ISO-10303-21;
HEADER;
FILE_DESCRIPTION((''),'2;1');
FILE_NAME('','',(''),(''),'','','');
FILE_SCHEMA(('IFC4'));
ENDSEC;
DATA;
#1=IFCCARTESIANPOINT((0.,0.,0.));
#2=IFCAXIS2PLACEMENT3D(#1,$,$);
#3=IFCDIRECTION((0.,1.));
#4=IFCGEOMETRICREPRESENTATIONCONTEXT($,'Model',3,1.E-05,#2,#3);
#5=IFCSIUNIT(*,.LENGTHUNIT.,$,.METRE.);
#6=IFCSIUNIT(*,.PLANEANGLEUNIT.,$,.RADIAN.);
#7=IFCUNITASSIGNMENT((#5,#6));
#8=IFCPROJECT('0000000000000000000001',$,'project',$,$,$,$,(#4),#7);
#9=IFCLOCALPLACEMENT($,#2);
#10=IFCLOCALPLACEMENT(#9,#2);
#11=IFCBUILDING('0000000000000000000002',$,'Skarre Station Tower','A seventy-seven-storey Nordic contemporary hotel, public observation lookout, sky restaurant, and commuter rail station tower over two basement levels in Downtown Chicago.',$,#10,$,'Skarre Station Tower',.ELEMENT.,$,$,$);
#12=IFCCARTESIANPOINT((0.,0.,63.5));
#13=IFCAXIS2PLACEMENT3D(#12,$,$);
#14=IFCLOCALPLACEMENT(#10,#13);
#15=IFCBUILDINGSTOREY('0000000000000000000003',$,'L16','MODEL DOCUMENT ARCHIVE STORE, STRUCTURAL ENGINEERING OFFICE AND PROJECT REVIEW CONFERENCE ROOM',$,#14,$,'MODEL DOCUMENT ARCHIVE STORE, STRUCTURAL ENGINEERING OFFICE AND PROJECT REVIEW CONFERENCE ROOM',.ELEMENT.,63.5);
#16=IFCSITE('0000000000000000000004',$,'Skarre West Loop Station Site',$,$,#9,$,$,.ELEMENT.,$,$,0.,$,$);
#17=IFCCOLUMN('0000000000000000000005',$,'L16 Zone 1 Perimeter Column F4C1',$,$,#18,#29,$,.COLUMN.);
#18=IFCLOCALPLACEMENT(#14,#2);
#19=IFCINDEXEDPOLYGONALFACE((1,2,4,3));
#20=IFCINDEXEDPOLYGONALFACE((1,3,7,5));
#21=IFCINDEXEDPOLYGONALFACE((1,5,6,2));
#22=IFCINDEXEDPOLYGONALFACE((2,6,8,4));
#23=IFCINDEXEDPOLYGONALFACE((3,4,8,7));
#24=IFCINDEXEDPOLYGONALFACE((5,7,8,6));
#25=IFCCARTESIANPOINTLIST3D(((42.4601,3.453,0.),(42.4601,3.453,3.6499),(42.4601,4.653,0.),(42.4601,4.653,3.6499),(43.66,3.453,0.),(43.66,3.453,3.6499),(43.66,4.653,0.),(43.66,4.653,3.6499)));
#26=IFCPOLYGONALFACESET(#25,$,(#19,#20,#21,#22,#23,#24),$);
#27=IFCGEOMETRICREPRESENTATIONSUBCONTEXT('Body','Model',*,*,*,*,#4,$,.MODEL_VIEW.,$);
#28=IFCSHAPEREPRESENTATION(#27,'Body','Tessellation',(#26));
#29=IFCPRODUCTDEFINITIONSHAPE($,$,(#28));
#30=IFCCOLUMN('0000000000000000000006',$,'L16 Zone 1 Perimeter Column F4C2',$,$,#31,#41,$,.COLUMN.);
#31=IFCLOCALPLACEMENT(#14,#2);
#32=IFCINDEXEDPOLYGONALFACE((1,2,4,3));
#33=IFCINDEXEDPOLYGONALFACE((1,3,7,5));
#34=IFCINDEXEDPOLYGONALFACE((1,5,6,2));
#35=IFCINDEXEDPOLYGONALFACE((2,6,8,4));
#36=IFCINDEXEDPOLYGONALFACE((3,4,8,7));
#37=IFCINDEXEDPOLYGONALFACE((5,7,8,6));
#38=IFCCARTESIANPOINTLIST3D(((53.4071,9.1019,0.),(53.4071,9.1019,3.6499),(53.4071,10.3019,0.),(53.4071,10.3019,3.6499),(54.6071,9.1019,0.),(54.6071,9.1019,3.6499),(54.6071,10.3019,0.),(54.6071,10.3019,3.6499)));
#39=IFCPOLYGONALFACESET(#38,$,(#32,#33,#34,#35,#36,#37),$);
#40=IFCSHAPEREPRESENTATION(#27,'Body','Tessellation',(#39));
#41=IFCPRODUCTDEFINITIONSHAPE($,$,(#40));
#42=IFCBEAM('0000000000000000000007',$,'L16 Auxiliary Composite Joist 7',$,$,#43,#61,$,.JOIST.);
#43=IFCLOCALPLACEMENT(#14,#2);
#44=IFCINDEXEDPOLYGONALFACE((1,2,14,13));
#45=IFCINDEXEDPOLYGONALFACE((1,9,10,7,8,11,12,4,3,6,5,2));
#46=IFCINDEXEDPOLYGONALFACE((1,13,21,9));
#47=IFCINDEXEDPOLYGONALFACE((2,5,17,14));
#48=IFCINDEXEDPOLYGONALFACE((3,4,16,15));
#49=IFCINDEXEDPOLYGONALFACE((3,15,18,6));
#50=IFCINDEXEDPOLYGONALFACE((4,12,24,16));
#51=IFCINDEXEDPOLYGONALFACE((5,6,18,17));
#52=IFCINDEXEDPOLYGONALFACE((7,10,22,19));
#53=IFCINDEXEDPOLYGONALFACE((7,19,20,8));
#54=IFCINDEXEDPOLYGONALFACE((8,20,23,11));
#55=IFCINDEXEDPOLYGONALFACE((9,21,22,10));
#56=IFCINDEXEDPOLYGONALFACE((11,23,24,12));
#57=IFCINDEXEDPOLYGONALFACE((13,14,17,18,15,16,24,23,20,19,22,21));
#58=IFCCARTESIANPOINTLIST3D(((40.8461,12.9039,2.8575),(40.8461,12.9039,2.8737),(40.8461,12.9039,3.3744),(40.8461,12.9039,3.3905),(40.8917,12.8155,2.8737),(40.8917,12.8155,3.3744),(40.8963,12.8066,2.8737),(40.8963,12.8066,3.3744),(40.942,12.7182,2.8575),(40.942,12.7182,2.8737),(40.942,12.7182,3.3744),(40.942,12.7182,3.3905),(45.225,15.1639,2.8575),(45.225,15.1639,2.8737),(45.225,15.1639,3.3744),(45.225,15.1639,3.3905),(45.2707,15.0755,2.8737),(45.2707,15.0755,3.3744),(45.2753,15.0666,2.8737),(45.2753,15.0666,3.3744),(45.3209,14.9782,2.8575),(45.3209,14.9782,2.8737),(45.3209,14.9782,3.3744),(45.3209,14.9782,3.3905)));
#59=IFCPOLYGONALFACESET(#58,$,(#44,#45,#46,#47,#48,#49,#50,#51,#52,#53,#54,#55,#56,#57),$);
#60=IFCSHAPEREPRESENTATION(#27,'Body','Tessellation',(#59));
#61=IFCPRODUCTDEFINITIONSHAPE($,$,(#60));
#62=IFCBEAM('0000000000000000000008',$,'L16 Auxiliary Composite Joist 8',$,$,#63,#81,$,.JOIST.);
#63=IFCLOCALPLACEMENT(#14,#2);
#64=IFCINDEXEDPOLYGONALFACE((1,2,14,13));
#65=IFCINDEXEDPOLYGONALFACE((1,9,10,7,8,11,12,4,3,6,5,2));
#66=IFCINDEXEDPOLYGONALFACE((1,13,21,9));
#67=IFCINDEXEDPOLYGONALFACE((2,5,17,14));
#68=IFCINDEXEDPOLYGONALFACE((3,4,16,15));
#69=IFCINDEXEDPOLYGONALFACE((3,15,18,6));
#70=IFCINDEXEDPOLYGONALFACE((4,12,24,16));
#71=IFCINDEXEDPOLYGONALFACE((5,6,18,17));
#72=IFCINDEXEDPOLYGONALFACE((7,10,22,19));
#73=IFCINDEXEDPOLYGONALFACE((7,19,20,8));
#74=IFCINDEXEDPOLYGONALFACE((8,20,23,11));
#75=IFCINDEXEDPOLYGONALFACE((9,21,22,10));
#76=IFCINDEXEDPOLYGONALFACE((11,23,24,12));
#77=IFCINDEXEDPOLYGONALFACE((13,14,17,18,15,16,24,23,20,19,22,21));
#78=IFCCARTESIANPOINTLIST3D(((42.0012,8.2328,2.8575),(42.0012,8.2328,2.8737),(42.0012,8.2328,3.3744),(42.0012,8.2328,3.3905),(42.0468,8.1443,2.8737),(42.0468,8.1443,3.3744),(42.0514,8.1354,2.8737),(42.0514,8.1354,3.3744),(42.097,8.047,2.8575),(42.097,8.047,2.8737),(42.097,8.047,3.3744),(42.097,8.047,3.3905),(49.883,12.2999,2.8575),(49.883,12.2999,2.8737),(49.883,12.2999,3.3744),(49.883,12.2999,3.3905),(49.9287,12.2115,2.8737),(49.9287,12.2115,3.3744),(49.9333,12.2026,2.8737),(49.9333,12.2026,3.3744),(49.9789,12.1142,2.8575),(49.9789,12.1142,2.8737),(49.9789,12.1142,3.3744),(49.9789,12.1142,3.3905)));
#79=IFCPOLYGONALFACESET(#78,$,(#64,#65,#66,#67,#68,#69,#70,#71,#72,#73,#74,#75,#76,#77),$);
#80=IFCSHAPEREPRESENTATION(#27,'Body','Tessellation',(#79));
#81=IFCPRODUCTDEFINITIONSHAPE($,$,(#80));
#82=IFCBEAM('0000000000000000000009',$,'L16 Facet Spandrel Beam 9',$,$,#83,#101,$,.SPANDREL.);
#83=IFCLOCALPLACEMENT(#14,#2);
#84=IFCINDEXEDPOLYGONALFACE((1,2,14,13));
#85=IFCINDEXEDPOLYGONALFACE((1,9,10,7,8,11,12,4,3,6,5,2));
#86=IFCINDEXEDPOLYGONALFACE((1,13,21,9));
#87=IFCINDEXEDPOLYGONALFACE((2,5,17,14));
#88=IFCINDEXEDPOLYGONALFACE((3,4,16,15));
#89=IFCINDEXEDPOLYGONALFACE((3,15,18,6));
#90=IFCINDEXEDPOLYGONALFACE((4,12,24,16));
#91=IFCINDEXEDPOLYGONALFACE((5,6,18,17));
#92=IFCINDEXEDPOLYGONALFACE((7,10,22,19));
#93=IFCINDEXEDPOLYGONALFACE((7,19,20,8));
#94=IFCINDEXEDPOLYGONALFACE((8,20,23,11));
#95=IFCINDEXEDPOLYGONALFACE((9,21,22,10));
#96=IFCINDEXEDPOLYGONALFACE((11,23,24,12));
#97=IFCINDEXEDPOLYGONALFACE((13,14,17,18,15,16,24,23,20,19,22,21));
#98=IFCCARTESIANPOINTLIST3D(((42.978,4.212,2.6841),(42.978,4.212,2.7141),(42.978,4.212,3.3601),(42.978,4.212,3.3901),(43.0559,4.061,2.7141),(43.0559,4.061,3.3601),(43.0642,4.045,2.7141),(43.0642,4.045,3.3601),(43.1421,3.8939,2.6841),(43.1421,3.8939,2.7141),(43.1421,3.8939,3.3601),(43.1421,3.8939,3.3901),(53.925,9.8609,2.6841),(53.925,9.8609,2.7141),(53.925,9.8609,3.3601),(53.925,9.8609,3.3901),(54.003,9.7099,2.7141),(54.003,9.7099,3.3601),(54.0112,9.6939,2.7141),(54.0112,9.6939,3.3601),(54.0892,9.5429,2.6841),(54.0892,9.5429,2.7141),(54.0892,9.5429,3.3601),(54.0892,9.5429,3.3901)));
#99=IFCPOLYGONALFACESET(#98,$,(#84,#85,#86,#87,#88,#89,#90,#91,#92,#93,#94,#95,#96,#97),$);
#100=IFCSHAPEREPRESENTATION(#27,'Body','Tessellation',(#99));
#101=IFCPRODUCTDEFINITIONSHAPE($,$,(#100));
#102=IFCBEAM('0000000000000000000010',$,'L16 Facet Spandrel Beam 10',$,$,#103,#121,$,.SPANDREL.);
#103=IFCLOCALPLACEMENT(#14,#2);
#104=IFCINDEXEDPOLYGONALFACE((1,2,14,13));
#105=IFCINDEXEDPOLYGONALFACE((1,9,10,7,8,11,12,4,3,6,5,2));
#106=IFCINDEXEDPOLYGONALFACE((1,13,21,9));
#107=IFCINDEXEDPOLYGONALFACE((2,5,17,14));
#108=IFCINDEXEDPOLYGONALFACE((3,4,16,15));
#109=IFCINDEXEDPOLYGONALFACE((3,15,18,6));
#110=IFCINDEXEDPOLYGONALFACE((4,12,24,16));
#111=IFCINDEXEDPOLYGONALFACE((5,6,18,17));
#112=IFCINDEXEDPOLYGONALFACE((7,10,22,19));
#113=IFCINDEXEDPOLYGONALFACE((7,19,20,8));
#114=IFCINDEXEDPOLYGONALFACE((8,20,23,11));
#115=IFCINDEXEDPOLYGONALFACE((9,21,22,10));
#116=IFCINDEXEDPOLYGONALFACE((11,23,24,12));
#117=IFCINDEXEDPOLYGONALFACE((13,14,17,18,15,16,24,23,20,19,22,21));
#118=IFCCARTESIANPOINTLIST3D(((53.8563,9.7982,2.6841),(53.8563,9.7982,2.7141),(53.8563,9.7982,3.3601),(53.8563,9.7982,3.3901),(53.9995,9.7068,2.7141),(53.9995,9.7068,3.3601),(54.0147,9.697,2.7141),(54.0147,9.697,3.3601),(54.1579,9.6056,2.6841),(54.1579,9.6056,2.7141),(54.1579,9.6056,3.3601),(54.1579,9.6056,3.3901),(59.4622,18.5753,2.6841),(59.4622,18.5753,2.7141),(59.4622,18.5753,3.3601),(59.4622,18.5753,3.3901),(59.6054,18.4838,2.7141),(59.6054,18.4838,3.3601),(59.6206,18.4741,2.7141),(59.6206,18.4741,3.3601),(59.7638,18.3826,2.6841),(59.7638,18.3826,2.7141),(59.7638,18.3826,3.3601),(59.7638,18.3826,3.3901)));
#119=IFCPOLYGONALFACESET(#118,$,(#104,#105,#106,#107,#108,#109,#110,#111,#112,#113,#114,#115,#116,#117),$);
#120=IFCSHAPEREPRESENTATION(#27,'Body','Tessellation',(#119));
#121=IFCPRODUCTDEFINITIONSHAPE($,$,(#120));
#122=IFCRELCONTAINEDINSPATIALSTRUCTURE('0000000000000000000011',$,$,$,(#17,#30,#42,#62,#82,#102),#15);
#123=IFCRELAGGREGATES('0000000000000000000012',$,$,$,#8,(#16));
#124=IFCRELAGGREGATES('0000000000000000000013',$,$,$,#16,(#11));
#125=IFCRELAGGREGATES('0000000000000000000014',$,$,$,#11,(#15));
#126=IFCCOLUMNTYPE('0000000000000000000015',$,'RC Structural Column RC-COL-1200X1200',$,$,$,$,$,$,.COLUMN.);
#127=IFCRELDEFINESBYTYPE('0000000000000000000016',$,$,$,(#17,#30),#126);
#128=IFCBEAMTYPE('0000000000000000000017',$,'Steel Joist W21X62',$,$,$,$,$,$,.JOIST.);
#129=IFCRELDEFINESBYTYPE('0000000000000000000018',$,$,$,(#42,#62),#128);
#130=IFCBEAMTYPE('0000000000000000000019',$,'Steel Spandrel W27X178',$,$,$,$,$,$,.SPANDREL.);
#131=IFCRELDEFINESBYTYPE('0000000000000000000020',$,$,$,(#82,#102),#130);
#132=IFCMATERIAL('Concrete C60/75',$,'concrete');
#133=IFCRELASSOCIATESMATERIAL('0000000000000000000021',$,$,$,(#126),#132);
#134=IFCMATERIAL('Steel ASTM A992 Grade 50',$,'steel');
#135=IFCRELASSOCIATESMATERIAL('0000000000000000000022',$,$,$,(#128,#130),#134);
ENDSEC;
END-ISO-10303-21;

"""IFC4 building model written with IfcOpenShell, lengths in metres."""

from ifc_helpers import new_model, si_unit, direction, frame, origin, origin_2d, place, context, subcontext, project, spatial, rectangle, i_section, extrude, material, material_profile, profile_set, type_object, element, save


model = new_model("IFC4")

# Units and contexts
model_context = context("Model", 3, precision=1e-05, world=origin(), true_north=direction((0.0, 1.0)))
body_context = subcontext(model_context, "Body", "Model", "MODEL_VIEW")
ifc_project = project(units=[si_unit("LENGTHUNIT", "METRE"), si_unit("PLANEANGLEUNIT", "RADIAN")], contexts=[model_context])

# Site, building, storey
site_placement = place(None, origin())
site = spatial("IfcSite", under=ifc_project, at=site_placement, Name="Skarre West Loop Station Site", CompositionType="ELEMENT", RefElevation=0.0)
building_placement = place(site_placement, origin())
building = spatial("IfcBuilding", under=site, at=building_placement, Name="Skarre Station Tower", Description="A seventy-seven-storey Nordic contemporary hotel, public observation lookout, sky restaurant, and commuter rail station tower over two basement levels in Downtown Chicago.", LongName="Skarre Station Tower", CompositionType="ELEMENT")
storey_placement = place(building_placement, frame((0.0, 0.0, 63.5)))
storey = spatial("IfcBuildingStorey", under=building, at=storey_placement, Name="L16", Description="MODEL DOCUMENT ARCHIVE STORE, STRUCTURAL ENGINEERING OFFICE AND PROJECT REVIEW CONFERENCE ROOM", LongName="MODEL DOCUMENT ARCHIVE STORE, STRUCTURAL ENGINEERING OFFICE AND PROJECT REVIEW CONFERENCE ROOM", CompositionType="ELEMENT", Elevation=63.5)

# Columns
ifc_material_1 = material(Name="Concrete C60/75", Category="concrete")
ifc_material_profile_1 = material_profile(ifc_material_1, rectangle(XDim=1.2, YDim=1.2, at=origin_2d()), Name="Concrete C60/75")
ifc_profile_set_1 = profile_set([ifc_material_profile_1], Name="Concrete C60/75")
column_type = type_object("IfcColumnType", Name="RC Structural Column RC-COL-1200X1200", PredefinedType="COLUMN", material=ifc_profile_set_1)
for number, where, z_axis, x_axis, name in (
    (1, (43.0601, 4.053, 0.0), (0.0, 0.0, 1.0), (1.0, 0.0, 0.0), "L16 Zone 1 Perimeter Column F4C1"),
    (2, (54.0071, 9.7019, 0.0), (0.0, 0.0, 1.0), (1.0, 0.0, 0.0), "L16 Zone 1 Perimeter Column F4C2"),
):
    element("IfcColumn", number, at=place(storey_placement, frame(where, z_axis=z_axis, x_axis=x_axis)), inside=storey, type_object=column_type, Name=name, PredefinedType="COLUMN", context=body_context, shape_type="SweptSolid", body=[
        extrude(rectangle(XDim=1.2, YDim=1.2, at=origin_2d()), origin(), (0.0, 0.0, 1.0), 3.6499),
    ])

# Beams
ifc_material_2 = material(Name="Steel ASTM A992 Grade 50", Category="steel")
ifc_material_profile_2 = material_profile(ifc_material_2, i_section(OverallWidth=0.209, OverallDepth=0.533, WebThickness=0.01, FlangeThickness=0.0161, at=origin_2d()), Name="Steel ASTM A992 Grade 50")
ifc_profile_set_2 = profile_set([ifc_material_profile_2], Name="Steel ASTM A992 Grade 50")
beam_type_1 = type_object("IfcBeamType", Name="Steel Joist W21X62", PredefinedType="JOIST", material=ifc_profile_set_2)
beam_1_placement = place(storey_placement, frame((40.894, 12.811, 3.124), z_axis=(0.888627, 0.458632, 0.0), x_axis=(-0.458632, 0.888627, 0.0)))
element("IfcBeam", 3, at=beam_1_placement, inside=storey, type_object=beam_type_1, Name="L16 Auxiliary Composite Joist 7", PredefinedType="JOIST", context=body_context, shape_type="SweptSolid", body=[
    extrude(i_section(OverallWidth=0.209, OverallDepth=0.533, WebThickness=0.01, FlangeThickness=0.0161, at=origin_2d()), origin(), (0.0, 0.0, 1.0), 4.9277),
])
beam_2_placement = place(storey_placement, frame((42.0491, 8.1399, 3.124), z_axis=(0.888662, 0.458562, 0.0), x_axis=(-0.458562, 0.888662, 0.0)))
element("IfcBeam", 4, at=beam_2_placement, inside=storey, type_object=beam_type_1, Name="L16 Auxiliary Composite Joist 8", PredefinedType="JOIST", context=body_context, shape_type="SweptSolid", body=[
    extrude(i_section(OverallWidth=0.209, OverallDepth=0.533, WebThickness=0.01, FlangeThickness=0.0161, at=origin_2d()), origin(), (0.0, 0.0, 1.0), 8.8694),
])
ifc_material_profile_3 = material_profile(ifc_material_2, i_section(OverallWidth=0.3579, OverallDepth=0.7061, WebThickness=0.0181, FlangeThickness=0.03, at=origin_2d()), Name="Steel ASTM A992 Grade 50")
ifc_profile_set_3 = profile_set([ifc_material_profile_3], Name="Steel ASTM A992 Grade 50")
beam_type_2 = type_object("IfcBeamType", Name="Steel Spandrel W27X178", PredefinedType="SPANDREL", material=ifc_profile_set_3)
beam_3_placement = place(storey_placement, frame((43.0601, 4.053, 3.0371), z_axis=(0.888659, 0.458569, 0.0), x_axis=(-0.458569, 0.888659, 0.0)))
element("IfcBeam", 5, at=beam_3_placement, inside=storey, type_object=beam_type_2, Name="L16 Facet Spandrel Beam 9", PredefinedType="SPANDREL", context=body_context, shape_type="SweptSolid", body=[
    extrude(i_section(OverallWidth=0.3579, OverallDepth=0.7061, WebThickness=0.0181, FlangeThickness=0.03, at=origin_2d()), origin(), (0.0, 0.0, 1.0), 12.3186),
])
beam_4_placement = place(storey_placement, frame((54.0071, 9.7019, 3.0371), z_axis=(0.538278, 0.842767, 0.0), x_axis=(-0.842767, 0.538278, 0.0)))
element("IfcBeam", 6, at=beam_4_placement, inside=storey, type_object=beam_type_2, Name="L16 Facet Spandrel Beam 10", PredefinedType="SPANDREL", context=body_context, shape_type="SweptSolid", body=[
    extrude(i_section(OverallWidth=0.3579, OverallDepth=0.7061, WebThickness=0.0181, FlangeThickness=0.03, at=origin_2d()), origin(), (0.0, 0.0, 1.0), 10.4146),
])

save(model, "model.ifc")
